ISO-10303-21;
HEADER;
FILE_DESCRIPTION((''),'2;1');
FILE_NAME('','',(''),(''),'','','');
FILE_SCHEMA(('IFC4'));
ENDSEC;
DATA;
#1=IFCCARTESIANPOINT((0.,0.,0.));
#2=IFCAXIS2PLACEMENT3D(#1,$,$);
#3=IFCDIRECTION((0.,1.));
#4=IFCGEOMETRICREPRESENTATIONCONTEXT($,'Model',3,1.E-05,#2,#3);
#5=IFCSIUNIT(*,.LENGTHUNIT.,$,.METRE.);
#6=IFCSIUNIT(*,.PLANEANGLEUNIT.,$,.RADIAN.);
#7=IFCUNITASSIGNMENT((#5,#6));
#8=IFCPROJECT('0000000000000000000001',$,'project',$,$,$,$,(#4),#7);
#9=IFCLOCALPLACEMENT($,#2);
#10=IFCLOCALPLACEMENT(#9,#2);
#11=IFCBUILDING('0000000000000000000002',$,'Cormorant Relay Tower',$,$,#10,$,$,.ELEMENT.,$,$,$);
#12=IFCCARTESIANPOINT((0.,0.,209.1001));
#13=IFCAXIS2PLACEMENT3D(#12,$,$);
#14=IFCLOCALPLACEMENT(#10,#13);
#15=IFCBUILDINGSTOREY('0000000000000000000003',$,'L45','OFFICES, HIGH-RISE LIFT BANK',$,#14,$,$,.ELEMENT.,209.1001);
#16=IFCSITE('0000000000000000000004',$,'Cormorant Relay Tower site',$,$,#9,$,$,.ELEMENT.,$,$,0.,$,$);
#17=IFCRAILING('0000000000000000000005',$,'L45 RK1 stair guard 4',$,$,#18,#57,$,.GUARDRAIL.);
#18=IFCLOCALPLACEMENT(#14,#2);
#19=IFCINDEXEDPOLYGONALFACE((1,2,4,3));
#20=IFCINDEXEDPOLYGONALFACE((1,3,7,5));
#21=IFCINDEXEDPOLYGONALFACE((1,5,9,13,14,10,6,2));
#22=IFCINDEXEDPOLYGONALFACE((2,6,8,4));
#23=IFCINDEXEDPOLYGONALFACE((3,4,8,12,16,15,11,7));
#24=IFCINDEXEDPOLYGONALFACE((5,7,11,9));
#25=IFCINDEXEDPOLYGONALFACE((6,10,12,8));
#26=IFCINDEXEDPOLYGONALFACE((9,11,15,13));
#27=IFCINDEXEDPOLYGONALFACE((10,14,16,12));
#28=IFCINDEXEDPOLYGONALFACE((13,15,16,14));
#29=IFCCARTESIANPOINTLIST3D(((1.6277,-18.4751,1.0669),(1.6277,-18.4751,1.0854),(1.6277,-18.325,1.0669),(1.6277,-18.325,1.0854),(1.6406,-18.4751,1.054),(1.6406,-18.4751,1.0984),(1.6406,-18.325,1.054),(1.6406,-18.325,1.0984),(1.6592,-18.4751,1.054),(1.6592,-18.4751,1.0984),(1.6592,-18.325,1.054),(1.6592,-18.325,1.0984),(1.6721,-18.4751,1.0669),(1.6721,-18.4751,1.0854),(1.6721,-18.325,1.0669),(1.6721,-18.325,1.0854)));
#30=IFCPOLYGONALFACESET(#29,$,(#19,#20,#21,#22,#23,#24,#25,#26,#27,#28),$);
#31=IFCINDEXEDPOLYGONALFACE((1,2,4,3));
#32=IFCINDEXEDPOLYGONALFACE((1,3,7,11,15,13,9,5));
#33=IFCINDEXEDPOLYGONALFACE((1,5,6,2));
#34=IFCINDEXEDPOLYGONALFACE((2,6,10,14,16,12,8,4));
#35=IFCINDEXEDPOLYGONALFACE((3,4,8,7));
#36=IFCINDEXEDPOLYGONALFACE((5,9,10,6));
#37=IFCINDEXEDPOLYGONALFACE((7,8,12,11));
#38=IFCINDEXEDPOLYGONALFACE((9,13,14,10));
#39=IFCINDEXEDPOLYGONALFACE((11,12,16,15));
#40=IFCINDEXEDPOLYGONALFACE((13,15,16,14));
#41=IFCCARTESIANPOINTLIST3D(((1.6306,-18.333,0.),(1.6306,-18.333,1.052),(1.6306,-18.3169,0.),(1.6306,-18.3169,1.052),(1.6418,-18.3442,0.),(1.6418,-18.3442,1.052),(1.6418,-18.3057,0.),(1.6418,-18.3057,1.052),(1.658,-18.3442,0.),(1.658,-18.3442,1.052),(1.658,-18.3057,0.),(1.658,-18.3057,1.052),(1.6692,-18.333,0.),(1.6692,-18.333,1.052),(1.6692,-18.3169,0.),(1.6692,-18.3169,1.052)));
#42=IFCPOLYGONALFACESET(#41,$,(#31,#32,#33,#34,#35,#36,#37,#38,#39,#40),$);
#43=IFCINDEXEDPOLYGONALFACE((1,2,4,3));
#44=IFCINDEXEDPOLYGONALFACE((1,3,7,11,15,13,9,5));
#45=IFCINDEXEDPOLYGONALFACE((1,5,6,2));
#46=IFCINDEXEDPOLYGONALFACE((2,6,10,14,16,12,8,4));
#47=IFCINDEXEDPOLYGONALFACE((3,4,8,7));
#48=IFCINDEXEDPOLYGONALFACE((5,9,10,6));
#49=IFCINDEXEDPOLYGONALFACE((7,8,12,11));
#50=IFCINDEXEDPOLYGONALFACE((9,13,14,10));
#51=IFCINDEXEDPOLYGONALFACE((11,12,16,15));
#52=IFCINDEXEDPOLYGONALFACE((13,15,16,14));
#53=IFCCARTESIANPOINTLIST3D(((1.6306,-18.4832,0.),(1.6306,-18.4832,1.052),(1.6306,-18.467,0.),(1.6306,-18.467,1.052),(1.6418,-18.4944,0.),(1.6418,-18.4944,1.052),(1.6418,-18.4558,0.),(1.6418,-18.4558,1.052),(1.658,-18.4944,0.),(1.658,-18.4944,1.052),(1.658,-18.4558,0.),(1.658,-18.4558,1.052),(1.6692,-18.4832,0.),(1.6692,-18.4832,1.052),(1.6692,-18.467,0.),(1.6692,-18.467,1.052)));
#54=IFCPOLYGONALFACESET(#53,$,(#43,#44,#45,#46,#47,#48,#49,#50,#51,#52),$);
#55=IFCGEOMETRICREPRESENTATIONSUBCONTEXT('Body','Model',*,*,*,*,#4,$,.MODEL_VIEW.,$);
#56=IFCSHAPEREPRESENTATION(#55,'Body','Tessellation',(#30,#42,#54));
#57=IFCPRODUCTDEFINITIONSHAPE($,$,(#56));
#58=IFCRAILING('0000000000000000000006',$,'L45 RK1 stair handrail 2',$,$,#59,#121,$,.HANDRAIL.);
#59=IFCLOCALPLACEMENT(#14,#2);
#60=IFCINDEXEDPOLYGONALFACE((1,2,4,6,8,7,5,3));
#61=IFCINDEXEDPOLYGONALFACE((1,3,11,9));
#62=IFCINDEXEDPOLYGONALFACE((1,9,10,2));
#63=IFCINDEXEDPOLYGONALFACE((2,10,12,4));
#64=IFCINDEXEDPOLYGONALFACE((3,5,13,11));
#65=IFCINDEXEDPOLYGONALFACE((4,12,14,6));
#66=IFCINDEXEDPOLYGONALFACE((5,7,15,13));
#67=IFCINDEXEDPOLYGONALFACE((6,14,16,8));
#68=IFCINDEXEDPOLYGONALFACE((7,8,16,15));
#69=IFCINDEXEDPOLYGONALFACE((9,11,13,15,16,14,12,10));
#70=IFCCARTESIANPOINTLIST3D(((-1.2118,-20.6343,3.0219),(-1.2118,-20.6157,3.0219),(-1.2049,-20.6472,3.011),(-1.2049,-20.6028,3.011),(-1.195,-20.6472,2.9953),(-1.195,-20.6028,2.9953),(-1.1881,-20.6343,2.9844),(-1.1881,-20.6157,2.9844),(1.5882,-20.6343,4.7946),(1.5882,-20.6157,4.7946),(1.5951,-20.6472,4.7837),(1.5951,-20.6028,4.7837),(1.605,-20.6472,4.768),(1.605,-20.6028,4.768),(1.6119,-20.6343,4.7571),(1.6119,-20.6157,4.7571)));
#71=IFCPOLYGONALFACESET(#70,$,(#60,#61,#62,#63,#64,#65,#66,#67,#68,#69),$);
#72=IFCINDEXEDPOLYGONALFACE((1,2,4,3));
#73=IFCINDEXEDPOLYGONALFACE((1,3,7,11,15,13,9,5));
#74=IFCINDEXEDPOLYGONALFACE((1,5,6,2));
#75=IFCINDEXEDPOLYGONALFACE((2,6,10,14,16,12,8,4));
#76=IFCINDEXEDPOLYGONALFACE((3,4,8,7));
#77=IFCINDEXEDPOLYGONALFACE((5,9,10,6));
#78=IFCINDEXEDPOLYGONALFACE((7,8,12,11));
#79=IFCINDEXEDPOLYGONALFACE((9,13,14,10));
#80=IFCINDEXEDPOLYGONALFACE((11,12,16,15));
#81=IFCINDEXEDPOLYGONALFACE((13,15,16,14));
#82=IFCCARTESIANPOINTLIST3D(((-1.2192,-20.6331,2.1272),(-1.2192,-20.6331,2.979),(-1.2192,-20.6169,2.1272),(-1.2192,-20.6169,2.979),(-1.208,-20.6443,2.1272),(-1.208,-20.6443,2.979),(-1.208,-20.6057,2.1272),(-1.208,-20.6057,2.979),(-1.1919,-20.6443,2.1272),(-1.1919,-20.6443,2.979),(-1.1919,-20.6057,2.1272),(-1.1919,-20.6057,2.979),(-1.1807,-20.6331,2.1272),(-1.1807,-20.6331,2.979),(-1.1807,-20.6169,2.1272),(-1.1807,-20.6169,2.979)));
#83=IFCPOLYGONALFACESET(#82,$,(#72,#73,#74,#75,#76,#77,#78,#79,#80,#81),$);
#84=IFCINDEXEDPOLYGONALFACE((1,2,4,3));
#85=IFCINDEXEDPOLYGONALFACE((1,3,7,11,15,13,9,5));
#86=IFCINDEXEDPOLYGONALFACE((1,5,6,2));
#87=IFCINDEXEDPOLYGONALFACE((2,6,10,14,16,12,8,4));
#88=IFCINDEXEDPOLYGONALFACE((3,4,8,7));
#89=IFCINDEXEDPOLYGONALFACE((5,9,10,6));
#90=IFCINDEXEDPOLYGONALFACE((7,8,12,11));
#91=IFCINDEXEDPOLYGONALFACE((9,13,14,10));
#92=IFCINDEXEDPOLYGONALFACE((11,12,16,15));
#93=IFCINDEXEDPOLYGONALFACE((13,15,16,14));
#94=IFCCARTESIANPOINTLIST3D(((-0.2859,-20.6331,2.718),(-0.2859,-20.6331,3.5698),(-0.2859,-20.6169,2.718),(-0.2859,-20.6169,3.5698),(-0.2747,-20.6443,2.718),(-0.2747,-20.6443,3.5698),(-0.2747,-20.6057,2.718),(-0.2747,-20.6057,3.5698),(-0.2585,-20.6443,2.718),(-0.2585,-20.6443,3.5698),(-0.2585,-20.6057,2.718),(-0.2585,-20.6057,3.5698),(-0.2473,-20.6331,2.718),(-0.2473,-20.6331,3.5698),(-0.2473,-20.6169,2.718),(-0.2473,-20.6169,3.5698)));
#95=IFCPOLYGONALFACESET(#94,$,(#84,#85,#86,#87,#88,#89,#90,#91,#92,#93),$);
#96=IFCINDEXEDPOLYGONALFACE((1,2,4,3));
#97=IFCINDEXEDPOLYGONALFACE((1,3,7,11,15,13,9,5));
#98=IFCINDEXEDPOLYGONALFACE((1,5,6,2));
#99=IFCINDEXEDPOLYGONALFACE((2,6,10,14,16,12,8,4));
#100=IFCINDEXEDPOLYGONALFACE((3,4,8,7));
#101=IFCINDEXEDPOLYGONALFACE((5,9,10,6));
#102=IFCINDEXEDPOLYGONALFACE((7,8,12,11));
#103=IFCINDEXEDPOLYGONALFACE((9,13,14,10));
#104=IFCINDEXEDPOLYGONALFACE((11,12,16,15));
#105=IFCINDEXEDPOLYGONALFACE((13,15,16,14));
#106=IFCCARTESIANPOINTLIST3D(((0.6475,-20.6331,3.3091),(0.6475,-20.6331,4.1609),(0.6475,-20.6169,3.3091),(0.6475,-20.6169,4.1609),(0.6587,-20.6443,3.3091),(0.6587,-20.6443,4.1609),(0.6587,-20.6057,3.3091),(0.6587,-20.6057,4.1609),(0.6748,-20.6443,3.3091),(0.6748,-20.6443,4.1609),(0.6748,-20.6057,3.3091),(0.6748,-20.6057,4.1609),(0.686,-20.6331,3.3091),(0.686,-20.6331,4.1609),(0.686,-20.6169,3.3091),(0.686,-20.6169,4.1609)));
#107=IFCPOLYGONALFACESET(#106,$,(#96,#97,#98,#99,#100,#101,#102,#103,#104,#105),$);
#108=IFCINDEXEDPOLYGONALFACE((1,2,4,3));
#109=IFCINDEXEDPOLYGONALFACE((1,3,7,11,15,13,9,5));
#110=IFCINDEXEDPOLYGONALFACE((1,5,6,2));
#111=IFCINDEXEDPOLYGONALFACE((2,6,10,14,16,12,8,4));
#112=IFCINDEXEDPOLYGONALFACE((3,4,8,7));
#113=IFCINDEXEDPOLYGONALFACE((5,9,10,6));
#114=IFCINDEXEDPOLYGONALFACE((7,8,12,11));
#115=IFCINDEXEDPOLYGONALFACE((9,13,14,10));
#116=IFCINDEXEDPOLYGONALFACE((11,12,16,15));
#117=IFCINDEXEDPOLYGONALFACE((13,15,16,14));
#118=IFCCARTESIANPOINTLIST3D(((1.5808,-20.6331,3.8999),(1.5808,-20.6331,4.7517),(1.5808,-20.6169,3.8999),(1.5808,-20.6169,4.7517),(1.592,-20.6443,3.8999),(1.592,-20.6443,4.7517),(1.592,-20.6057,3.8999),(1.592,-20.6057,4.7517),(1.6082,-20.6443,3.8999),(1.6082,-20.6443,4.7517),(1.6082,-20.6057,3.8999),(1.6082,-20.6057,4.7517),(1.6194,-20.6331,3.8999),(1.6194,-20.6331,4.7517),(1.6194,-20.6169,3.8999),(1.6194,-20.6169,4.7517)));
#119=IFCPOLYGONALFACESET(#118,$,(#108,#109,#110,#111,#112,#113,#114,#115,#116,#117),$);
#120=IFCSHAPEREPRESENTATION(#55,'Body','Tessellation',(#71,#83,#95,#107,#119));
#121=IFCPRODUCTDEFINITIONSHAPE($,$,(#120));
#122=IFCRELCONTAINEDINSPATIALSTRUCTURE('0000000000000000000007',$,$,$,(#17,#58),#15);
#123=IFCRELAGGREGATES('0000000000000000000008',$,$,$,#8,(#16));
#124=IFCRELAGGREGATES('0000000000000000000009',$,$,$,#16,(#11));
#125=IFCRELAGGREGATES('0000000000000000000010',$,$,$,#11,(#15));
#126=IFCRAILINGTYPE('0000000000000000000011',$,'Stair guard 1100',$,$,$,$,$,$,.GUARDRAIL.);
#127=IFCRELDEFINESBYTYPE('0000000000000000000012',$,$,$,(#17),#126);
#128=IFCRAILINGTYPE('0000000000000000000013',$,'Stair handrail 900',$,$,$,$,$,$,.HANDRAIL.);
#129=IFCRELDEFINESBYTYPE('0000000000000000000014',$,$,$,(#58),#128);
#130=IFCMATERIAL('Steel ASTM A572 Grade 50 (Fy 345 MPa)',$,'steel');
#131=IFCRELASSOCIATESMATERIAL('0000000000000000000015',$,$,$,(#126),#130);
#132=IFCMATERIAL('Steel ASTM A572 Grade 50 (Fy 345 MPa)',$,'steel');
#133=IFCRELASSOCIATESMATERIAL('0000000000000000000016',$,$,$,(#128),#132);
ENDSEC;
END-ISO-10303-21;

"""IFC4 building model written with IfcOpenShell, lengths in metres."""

from ifc_helpers import new_model, si_unit, direction, frame, origin, place, context, subcontext, project, spatial, polyline, outline, extrude, material, type_object, element, save


model = new_model("IFC4")

# Units and contexts
model_context = context("Model", 3, precision=1e-05, world=origin(), true_north=direction((0.0, 1.0)))
body_context = subcontext(model_context, "Body", "Model", "MODEL_VIEW")
ifc_project = project(units=[si_unit("LENGTHUNIT", "METRE"), si_unit("PLANEANGLEUNIT", "RADIAN")], contexts=[model_context])

# Site, building, storey
site_placement = place(None, origin())
site = spatial("IfcSite", under=ifc_project, at=site_placement, Name="Cormorant Relay Tower site", CompositionType="ELEMENT", RefElevation=0.0)
building_placement = place(site_placement, origin())
building = spatial("IfcBuilding", under=site, at=building_placement, Name="Cormorant Relay Tower", CompositionType="ELEMENT")
storey_placement = place(building_placement, frame((0.0, 0.0, 209.1001)))
storey = spatial("IfcBuildingStorey", under=building, at=storey_placement, Name="L45", Description="OFFICES, HIGH-RISE LIFT BANK", CompositionType="ELEMENT", Elevation=209.1001)

# Railings
ifc_material_1 = material(Name="Steel ASTM A572 Grade 50 (Fy 345 MPa)", Category="steel")
railing_type_1 = type_object("IfcRailingType", Name="Stair guard 1100", PredefinedType="GUARDRAIL", material=ifc_material_1)
railing_1_placement = place(storey_placement, frame((1.6499, -18.325, 0.0)))
element("IfcRailing", 1, at=railing_1_placement, inside=storey, type_object=railing_type_1, Name="L45 RK1 stair guard 4", PredefinedType="GUARDRAIL", context=body_context, shape_type="SweptSolid", body=[
    extrude(outline(polyline([(0.0222, 0.0093), (0.0093, 0.0222), (-0.0093, 0.0222), (-0.0222, 0.0093), (-0.0222, -0.0093), (-0.0093, -0.0222), (0.0093, -0.0222), (0.0222, -0.0093), (0.0222, 0.0093)])), frame((0.0, 0.0, 1.0762), z_axis=(0.0, -1.0, 0.0), x_axis=(1.0, 0.0, 0.0)), (0.0, 0.0, 1.0), 0.1501),
    extrude(outline(polyline([(0.0193, 0.0081), (0.0081, 0.0193), (-0.0081, 0.0193), (-0.0193, 0.0081), (-0.0193, -0.0081), (-0.0081, -0.0193), (0.0081, -0.0193), (0.0193, -0.0081), (0.0193, 0.0081)])), origin(), (0.0, 0.0, 1.0), 1.052),
    extrude(outline(polyline([(0.0193, 0.0081), (0.0081, 0.0193), (-0.0081, 0.0193), (-0.0193, 0.0081), (-0.0193, -0.0081), (-0.0081, -0.0193), (0.0081, -0.0193), (0.0193, -0.0081), (0.0193, 0.0081)])), frame((0.0, -0.1501, 0.0)), (0.0, 0.0, 1.0), 1.052),
])
ifc_material_2 = material(Name="Steel ASTM A572 Grade 50 (Fy 345 MPa)", Category="steel")
railing_type_2 = type_object("IfcRailingType", Name="Stair handrail 900", PredefinedType="HANDRAIL", material=ifc_material_2)
railing_2_placement = place(storey_placement, frame((-1.2, -20.625, 2.1272)))
element("IfcRailing", 2, at=railing_2_placement, inside=storey, type_object=railing_type_2, Name="L45 RK1 stair handrail 2", PredefinedType="HANDRAIL", context=body_context, shape_type="SweptSolid", body=[
    extrude(outline(polyline([(0.0222, 0.0093), (0.0093, 0.0222), (-0.0093, 0.0222), (-0.0222, 0.0093), (-0.0222, -0.0093), (-0.0093, -0.0222), (0.0093, -0.0222), (0.0222, -0.0093), (0.0222, 0.0093)])), frame((0.0, 0.0, 0.876), z_axis=(0.844909, 0.0, 0.53491), x_axis=(0.0, 1.0, 0.0)), (0.0, 0.0, 1.0), 3.314),
    extrude(outline(polyline([(0.0193, 0.0081), (0.0081, 0.0193), (-0.0081, 0.0193), (-0.0193, 0.0081), (-0.0193, -0.0081), (-0.0081, -0.0193), (0.0081, -0.0193), (0.0193, -0.0081), (0.0193, 0.0081)])), origin(), (0.0, 0.0, 1.0), 0.8518),
    extrude(outline(polyline([(0.0193, 0.0081), (0.0081, 0.0193), (-0.0081, 0.0193), (-0.0193, 0.0081), (-0.0193, -0.0081), (-0.0081, -0.0193), (0.0081, -0.0193), (0.0193, -0.0081), (0.0193, 0.0081)])), frame((0.9333, 0.0, 0.5908)), (0.0, 0.0, 1.0), 0.8518),
    extrude(outline(polyline([(0.0193, 0.0081), (0.0081, 0.0193), (-0.0081, 0.0193), (-0.0193, 0.0081), (-0.0193, -0.0081), (-0.0081, -0.0193), (0.0081, -0.0193), (0.0193, -0.0081), (0.0193, 0.0081)])), frame((1.8667, 0.0, 1.1819)), (0.0, 0.0, 1.0), 0.8518),
    extrude(outline(polyline([(0.0193, 0.0081), (0.0081, 0.0193), (-0.0081, 0.0193), (-0.0193, 0.0081), (-0.0193, -0.0081), (-0.0081, -0.0193), (0.0081, -0.0193), (0.0193, -0.0081), (0.0193, 0.0081)])), frame((2.8, 0.0, 1.7727)), (0.0, 0.0, 1.0), 0.8518),
])

save(model, "model.ifc")
